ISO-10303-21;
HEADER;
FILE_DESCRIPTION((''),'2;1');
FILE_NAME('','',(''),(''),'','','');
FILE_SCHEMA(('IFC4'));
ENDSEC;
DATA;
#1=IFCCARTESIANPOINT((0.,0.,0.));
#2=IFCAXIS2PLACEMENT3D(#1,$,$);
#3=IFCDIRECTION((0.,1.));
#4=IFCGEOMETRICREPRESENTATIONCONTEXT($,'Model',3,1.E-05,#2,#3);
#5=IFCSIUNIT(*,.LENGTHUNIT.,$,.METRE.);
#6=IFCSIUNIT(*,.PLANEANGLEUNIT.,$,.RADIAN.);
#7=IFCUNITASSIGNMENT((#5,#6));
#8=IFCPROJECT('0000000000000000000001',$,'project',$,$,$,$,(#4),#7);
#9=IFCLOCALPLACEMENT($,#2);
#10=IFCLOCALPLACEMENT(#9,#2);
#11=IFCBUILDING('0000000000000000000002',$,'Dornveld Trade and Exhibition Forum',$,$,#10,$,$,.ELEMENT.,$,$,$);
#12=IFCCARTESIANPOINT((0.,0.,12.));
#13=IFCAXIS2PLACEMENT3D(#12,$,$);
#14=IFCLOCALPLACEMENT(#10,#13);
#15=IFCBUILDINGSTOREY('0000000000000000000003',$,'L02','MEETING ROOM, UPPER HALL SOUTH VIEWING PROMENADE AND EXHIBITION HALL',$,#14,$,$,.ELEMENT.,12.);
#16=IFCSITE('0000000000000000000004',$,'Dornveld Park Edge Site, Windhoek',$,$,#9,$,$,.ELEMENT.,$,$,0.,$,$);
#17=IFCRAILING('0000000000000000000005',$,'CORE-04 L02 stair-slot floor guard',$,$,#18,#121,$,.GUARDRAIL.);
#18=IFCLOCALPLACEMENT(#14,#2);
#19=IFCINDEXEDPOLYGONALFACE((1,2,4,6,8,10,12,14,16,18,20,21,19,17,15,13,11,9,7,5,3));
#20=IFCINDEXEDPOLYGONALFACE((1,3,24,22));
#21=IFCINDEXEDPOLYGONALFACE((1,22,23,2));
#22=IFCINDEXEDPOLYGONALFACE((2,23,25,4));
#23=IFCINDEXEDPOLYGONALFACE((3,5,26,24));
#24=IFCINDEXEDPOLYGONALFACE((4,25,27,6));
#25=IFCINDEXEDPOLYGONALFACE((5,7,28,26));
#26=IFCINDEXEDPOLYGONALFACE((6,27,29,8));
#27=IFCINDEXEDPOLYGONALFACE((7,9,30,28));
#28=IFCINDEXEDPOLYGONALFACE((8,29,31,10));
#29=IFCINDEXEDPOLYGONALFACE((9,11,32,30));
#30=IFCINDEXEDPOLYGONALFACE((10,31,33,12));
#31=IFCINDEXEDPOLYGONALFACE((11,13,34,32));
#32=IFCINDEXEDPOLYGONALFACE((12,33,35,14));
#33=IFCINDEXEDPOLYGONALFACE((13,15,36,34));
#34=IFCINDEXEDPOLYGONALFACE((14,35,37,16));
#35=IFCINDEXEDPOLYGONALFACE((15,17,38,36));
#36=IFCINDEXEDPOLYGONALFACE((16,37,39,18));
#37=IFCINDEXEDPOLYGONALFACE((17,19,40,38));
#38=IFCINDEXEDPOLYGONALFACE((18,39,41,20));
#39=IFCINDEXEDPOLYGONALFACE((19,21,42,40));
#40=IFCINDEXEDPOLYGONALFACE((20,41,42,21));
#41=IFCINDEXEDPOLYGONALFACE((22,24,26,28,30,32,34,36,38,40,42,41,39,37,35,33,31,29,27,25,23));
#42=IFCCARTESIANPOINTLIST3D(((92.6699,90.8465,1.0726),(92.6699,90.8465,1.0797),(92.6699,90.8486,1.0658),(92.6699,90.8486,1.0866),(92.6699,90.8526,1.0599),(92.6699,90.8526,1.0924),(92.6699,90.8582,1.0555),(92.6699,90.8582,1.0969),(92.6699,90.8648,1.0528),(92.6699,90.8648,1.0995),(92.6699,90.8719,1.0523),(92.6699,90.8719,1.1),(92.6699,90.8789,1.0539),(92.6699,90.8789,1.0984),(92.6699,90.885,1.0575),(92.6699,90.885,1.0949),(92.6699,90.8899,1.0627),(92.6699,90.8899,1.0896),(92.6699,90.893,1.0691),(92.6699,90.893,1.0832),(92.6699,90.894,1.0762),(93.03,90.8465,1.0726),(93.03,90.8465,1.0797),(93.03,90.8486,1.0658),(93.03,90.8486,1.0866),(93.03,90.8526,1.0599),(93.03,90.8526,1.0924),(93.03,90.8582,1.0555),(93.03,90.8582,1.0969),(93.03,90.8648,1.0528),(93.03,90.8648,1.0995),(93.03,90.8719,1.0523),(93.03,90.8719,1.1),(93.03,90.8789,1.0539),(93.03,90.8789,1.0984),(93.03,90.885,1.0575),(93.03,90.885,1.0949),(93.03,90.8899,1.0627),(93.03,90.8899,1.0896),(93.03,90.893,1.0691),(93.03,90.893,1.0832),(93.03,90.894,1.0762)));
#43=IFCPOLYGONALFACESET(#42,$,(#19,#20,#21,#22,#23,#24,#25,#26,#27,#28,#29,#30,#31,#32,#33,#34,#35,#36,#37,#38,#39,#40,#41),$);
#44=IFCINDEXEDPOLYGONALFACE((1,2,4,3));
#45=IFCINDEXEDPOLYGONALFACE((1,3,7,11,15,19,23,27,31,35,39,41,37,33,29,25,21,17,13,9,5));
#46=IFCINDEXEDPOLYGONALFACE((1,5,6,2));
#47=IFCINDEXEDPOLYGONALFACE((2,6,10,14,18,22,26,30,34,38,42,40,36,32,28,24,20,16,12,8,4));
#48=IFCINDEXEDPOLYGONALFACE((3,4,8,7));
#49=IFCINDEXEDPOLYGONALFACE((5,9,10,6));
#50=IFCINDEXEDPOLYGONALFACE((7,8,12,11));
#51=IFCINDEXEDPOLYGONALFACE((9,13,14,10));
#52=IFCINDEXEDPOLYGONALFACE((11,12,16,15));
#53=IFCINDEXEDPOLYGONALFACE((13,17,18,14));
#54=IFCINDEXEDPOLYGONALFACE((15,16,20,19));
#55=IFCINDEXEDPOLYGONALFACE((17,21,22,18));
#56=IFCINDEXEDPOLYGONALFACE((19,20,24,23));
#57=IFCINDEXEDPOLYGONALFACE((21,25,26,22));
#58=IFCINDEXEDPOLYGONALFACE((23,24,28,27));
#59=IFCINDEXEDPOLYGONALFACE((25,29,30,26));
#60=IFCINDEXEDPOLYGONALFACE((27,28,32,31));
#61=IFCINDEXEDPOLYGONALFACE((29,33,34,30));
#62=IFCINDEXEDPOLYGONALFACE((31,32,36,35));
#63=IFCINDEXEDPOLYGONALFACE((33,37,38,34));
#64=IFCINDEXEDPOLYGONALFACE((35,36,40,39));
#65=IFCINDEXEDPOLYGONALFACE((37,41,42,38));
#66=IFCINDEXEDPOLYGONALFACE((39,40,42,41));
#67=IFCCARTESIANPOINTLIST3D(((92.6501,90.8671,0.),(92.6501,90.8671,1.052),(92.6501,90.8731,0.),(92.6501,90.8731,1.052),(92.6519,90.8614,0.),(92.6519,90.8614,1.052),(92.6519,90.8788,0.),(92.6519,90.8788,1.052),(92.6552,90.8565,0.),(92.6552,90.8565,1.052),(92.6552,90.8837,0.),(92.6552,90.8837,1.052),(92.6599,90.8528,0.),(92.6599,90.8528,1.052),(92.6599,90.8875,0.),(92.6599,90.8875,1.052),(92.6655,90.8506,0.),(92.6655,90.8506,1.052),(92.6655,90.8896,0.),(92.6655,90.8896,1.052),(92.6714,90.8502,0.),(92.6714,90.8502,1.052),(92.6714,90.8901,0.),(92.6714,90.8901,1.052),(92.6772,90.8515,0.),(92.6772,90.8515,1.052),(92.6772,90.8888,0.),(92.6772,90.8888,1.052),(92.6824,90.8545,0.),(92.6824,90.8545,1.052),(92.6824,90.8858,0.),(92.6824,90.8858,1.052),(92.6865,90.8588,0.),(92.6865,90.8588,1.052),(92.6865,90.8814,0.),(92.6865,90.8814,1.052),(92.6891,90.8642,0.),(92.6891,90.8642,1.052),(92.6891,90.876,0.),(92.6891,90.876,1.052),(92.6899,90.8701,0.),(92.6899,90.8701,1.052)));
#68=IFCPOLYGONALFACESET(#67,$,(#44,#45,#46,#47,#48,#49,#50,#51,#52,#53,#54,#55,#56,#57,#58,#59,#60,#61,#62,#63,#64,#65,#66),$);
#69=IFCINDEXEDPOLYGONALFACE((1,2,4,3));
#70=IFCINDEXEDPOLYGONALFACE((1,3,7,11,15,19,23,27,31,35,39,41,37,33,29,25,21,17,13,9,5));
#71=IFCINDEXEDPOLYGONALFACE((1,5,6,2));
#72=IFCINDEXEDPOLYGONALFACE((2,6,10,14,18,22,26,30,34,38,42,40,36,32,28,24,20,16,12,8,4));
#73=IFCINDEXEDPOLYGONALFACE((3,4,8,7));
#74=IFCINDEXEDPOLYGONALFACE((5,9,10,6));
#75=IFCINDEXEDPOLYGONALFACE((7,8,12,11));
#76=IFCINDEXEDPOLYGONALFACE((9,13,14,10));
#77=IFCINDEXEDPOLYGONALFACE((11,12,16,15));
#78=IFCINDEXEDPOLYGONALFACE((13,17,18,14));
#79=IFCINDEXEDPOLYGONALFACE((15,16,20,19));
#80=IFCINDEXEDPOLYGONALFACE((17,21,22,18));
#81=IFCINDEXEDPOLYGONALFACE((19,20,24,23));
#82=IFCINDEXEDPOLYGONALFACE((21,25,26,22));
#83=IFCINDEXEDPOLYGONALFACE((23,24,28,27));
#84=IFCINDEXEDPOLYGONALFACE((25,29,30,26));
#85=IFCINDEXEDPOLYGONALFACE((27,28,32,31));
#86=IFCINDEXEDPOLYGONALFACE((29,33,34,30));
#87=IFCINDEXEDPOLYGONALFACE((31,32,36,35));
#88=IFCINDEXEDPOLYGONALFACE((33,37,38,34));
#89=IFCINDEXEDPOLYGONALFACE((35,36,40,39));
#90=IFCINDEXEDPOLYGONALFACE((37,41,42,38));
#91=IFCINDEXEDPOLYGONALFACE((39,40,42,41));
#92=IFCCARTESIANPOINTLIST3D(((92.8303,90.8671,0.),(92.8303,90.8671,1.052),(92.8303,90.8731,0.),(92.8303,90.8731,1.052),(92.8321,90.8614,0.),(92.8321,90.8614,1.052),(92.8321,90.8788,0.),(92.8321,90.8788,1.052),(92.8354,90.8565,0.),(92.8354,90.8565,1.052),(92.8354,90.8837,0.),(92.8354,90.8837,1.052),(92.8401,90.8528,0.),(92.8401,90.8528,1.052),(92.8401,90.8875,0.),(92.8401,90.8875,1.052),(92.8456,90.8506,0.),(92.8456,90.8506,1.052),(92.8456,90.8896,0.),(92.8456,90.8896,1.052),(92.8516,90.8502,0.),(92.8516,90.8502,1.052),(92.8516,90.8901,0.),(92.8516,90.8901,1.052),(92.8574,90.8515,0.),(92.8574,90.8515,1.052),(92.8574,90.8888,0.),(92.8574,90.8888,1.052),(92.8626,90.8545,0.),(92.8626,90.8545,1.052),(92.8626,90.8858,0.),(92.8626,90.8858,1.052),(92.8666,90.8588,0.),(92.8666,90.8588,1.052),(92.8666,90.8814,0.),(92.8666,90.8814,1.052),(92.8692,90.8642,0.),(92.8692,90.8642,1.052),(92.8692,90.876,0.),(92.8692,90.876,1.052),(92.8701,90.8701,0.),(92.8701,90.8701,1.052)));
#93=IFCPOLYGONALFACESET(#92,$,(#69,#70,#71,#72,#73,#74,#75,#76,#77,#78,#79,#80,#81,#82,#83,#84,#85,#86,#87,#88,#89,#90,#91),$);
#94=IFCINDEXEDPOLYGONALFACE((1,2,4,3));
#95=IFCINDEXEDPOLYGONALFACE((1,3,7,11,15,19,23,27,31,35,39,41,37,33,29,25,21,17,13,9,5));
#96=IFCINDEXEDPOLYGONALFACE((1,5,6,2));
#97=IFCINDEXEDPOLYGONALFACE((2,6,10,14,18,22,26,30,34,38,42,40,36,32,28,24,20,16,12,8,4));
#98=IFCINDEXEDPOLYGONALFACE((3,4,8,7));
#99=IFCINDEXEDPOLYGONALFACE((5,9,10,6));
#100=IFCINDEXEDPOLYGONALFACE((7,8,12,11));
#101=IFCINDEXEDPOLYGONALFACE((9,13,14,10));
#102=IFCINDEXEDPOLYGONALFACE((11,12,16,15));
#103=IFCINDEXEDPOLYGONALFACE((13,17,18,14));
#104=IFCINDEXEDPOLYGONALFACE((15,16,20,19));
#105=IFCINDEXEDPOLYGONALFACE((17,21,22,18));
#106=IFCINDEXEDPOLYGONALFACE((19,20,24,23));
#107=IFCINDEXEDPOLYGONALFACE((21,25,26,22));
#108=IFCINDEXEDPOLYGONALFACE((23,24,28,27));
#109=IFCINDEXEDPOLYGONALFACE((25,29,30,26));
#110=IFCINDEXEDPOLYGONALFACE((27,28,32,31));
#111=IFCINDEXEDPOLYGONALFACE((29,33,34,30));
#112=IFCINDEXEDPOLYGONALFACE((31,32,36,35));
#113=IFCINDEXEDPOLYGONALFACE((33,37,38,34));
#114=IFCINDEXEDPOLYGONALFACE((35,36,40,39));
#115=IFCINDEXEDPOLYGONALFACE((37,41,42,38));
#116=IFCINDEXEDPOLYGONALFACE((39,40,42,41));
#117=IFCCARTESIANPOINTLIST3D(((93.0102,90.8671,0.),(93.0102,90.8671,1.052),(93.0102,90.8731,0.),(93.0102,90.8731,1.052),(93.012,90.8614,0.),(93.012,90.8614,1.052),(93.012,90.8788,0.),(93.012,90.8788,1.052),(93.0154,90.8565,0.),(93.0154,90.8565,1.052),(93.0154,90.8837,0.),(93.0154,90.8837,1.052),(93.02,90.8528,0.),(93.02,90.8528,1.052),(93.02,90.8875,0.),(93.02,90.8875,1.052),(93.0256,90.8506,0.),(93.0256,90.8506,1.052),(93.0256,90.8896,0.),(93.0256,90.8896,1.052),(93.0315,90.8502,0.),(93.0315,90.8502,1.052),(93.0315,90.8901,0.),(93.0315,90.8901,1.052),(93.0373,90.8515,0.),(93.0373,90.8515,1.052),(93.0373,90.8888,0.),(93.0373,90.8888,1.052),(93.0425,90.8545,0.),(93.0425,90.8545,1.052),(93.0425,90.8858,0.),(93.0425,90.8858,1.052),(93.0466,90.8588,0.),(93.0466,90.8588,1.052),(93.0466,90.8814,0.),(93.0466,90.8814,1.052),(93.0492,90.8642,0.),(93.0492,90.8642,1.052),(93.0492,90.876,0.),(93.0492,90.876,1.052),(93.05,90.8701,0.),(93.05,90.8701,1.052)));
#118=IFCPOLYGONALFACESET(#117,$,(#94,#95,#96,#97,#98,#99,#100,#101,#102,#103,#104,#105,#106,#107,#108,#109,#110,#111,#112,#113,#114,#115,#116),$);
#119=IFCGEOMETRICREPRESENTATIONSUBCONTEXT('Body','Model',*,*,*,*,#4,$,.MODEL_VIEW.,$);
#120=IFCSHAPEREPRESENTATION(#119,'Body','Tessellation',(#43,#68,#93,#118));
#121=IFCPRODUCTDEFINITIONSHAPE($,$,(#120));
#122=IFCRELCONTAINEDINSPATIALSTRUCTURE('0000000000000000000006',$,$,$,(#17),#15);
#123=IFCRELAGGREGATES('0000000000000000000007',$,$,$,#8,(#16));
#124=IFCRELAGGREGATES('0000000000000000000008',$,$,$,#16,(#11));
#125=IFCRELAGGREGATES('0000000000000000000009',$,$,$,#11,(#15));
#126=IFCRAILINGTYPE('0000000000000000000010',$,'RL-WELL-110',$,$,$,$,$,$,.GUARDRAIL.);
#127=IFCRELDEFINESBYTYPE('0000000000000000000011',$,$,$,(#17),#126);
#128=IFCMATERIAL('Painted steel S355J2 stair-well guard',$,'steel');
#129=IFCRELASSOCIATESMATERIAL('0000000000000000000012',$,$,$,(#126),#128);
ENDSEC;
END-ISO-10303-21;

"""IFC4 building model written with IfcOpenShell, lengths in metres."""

from ifc_helpers import new_model, si_unit, direction, frame, origin, origin_2d, place, context, subcontext, project, spatial, circle, extrude, material, type_object, element, save


model = new_model("IFC4")

# Units and contexts
model_context = context("Model", 3, precision=1e-05, world=origin(), true_north=direction((0.0, 1.0)))
body_context = subcontext(model_context, "Body", "Model", "MODEL_VIEW")
ifc_project = project(units=[si_unit("LENGTHUNIT", "METRE"), si_unit("PLANEANGLEUNIT", "RADIAN")], contexts=[model_context])

# Site, building, storey
site_placement = place(None, origin())
site = spatial("IfcSite", under=ifc_project, at=site_placement, Name="Dornveld Park Edge Site, Windhoek", CompositionType="ELEMENT", RefElevation=0.0)
building_placement = place(site_placement, origin())
building = spatial("IfcBuilding", under=site, at=building_placement, Name="Dornveld Trade and Exhibition Forum", CompositionType="ELEMENT")
storey_placement = place(building_placement, frame((0.0, 0.0, 12.0)))
storey = spatial("IfcBuildingStorey", under=building, at=storey_placement, Name="L02", Description="MEETING ROOM, UPPER HALL SOUTH VIEWING PROMENADE AND EXHIBITION HALL", CompositionType="ELEMENT", Elevation=12.0)

# Railing
ifc_material_1 = material(Name="Painted steel S355J2 stair-well guard", Category="steel")
railing_type_1 = type_object("IfcRailingType", Name="RL-WELL-110", PredefinedType="GUARDRAIL", material=ifc_material_1)
railing_1_placement = place(storey_placement, frame((92.6699, 90.8701, 0.0)))
element("IfcRailing", 1, at=railing_1_placement, inside=storey, type_object=railing_type_1, Name="CORE-04 L02 stair-slot floor guard", PredefinedType="GUARDRAIL", context=body_context, shape_type="SweptSolid", body=[
    extrude(circle(Radius=0.0239, at=origin_2d()), frame((0.0, 0.0, 1.0762), z_axis=(1.0, 0.0, 0.0), x_axis=(0.0, 1.0, 0.0)), (0.0, 0.0, 1.0), 0.3601),
    extrude(circle(Radius=0.02, at=origin_2d()), origin(), (0.0, 0.0, 1.0), 1.052),
    extrude(circle(Radius=0.02, at=origin_2d()), frame((0.1802, 0.0, 0.0)), (0.0, 0.0, 1.0), 1.052),
    extrude(circle(Radius=0.02, at=origin_2d()), frame((0.3601, 0.0, 0.0)), (0.0, 0.0, 1.0), 1.052),
])

save(model, "model.ifc")
